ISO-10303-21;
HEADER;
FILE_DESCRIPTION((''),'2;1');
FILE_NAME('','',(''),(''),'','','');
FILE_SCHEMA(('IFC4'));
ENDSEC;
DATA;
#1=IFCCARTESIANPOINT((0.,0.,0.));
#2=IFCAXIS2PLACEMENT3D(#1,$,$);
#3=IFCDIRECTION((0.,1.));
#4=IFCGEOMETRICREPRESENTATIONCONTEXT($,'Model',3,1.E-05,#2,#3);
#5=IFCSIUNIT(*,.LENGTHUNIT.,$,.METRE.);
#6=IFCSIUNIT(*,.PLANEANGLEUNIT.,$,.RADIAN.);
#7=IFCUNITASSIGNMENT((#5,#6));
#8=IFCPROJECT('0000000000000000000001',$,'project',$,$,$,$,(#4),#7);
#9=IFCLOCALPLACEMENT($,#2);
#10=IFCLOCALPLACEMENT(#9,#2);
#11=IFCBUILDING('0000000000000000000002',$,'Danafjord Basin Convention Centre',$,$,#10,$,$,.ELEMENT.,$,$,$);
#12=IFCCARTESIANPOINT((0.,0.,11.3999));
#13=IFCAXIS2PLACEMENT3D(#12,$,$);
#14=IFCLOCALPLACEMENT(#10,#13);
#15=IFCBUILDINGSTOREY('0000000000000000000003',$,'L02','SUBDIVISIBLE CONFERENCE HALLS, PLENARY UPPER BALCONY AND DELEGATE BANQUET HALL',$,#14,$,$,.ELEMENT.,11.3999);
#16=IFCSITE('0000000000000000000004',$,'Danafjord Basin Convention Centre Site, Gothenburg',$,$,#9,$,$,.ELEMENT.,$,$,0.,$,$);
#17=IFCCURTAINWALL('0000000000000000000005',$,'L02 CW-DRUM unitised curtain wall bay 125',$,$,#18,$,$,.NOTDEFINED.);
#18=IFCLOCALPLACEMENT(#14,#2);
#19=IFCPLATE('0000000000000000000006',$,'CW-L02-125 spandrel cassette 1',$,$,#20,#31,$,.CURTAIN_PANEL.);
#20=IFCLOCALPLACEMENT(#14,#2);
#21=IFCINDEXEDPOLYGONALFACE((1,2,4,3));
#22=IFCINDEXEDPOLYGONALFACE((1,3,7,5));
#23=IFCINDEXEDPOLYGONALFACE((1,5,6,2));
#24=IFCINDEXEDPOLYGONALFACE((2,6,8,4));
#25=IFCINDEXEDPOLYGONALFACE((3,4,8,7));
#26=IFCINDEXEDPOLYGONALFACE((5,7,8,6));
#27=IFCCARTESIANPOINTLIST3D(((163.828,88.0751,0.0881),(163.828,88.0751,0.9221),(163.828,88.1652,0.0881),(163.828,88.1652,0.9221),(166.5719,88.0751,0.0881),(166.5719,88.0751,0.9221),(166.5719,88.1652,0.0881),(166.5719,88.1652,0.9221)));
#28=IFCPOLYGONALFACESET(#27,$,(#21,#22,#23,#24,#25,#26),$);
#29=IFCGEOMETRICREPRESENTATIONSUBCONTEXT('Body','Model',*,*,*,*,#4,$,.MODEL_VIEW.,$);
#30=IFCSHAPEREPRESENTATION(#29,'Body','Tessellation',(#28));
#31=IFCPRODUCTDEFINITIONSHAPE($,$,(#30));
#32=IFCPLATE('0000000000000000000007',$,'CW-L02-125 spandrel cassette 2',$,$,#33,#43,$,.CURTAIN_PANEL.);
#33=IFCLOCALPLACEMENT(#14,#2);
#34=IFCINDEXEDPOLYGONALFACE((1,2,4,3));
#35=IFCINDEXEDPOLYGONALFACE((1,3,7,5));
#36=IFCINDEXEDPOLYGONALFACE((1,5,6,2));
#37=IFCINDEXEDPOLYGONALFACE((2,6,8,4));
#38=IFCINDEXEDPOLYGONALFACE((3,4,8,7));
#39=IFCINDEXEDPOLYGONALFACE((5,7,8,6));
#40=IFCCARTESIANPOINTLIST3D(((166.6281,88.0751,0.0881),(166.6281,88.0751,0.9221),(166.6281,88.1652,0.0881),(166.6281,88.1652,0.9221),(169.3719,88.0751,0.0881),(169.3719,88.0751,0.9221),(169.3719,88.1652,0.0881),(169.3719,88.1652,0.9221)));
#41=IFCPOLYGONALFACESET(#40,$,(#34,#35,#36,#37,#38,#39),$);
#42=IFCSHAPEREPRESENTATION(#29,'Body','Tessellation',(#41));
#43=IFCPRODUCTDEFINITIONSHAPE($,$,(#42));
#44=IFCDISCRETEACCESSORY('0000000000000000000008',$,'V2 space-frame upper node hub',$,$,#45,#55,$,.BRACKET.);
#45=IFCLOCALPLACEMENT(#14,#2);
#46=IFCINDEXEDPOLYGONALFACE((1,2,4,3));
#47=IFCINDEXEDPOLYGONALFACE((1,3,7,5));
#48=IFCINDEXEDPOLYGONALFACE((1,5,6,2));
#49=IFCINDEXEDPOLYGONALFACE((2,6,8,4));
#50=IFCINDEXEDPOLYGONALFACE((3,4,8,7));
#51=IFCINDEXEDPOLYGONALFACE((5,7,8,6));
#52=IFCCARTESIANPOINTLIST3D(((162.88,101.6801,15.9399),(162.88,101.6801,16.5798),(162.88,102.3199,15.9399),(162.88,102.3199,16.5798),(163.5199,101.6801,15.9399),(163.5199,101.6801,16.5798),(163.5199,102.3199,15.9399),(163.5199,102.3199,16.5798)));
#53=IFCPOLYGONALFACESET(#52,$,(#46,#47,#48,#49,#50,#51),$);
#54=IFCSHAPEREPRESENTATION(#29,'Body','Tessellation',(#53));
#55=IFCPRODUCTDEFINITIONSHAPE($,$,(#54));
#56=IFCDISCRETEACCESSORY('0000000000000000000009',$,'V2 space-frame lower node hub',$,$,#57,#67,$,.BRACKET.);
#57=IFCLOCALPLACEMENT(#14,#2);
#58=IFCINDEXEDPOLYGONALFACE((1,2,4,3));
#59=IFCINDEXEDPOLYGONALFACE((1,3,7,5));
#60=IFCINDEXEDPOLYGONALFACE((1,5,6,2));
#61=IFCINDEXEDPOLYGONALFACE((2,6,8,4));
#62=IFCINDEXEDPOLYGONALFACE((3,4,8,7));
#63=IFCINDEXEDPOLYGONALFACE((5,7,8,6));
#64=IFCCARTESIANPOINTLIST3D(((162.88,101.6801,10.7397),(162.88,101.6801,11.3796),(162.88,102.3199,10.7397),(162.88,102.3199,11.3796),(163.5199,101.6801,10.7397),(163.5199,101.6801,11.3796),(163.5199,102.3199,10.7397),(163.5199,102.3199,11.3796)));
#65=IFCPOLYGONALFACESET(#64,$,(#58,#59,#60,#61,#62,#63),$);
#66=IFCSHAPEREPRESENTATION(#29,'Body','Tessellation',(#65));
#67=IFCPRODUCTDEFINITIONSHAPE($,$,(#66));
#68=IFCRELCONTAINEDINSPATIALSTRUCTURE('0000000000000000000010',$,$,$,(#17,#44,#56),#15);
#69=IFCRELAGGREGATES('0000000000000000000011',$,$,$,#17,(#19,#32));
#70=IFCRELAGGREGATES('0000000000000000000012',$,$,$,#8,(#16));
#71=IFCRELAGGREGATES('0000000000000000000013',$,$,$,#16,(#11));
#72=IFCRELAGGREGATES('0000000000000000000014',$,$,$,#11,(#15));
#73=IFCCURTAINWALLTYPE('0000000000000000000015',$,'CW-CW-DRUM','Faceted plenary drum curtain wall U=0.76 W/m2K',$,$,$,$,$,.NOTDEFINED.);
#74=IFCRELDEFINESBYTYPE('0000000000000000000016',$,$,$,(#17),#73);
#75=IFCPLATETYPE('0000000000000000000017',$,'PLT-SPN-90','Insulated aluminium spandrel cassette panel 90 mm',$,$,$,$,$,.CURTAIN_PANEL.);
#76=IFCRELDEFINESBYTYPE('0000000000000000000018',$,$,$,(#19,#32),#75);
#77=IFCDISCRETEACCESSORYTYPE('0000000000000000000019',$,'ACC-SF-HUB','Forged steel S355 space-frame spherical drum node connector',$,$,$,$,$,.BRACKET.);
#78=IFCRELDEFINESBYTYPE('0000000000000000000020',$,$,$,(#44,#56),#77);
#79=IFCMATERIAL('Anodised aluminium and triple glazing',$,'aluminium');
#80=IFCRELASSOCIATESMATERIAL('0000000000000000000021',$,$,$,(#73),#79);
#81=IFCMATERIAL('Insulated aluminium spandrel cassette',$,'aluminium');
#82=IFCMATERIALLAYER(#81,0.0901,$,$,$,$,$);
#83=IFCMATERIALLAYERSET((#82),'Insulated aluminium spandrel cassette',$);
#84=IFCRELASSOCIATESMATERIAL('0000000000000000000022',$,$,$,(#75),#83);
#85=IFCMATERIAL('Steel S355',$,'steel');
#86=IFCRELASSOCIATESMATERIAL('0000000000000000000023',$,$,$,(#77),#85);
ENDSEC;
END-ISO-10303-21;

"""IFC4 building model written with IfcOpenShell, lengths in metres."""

from ifc_helpers import new_model, si_unit, direction, frame, origin, origin_2d, place, context, subcontext, project, spatial, rectangle, extrude, material, layer, layer_set, type_object, element, aggregate, save


model = new_model("IFC4")

# Units and contexts
model_context = context("Model", 3, precision=1e-05, world=origin(), true_north=direction((0.0, 1.0)))
body_context = subcontext(model_context, "Body", "Model", "MODEL_VIEW")
ifc_project = project(units=[si_unit("LENGTHUNIT", "METRE"), si_unit("PLANEANGLEUNIT", "RADIAN")], contexts=[model_context])

# Site, building, storey
site_placement = place(None, origin())
site = spatial("IfcSite", under=ifc_project, at=site_placement, Name="Danafjord Basin Convention Centre Site, Gothenburg", CompositionType="ELEMENT", RefElevation=0.0)
building_placement = place(site_placement, origin())
building = spatial("IfcBuilding", under=site, at=building_placement, Name="Danafjord Basin Convention Centre", CompositionType="ELEMENT")
storey_placement = place(building_placement, frame((0.0, 0.0, 11.3999)))
storey = spatial("IfcBuildingStorey", under=building, at=storey_placement, Name="L02", Description="SUBDIVISIBLE CONFERENCE HALLS, PLENARY UPPER BALCONY AND DELEGATE BANQUET HALL", CompositionType="ELEMENT", Elevation=11.3999)

# Shared definitions
ifc_material_1 = material(Name="Steel S355", Category="steel")

# Curtain wall
ifc_material_2 = material(Name="Anodised aluminium and triple glazing", Category="aluminium")
curtain_wall_type = type_object("IfcCurtainWallType", Name="CW-CW-DRUM", Description="Faceted plenary drum curtain wall U=0.76 W/m2K", PredefinedType="NOTDEFINED", material=ifc_material_2)
curtain_wall_1_placement = place(storey_placement, origin())
curtain_wall_1 = element("IfcCurtainWall", 1, at=curtain_wall_1_placement, inside=storey, type_object=curtain_wall_type, Name="L02 CW-DRUM unitised curtain wall bay 125", PredefinedType="NOTDEFINED")

# Plates
ifc_material_3 = material(Name="Insulated aluminium spandrel cassette", Category="aluminium")
ifc_layer_1 = layer(ifc_material_3, 0.0901)
ifc_layer_set_1 = layer_set([ifc_layer_1], Name="Insulated aluminium spandrel cassette")
plate_type_1 = type_object("IfcPlateType", Name="PLT-SPN-90", Description="Insulated aluminium spandrel cassette panel 90 mm", PredefinedType="CURTAIN_PANEL", material=ifc_layer_set_1)
plate_1_placement = place(storey_placement, frame((165.2, 88.1201, 0.0881), z_axis=(0.0, 0.0, 1.0), x_axis=(1.0, 0.0, 0.0)))
plate_1 = element("IfcPlate", 2, at=plate_1_placement, type_object=plate_type_1, Name="CW-L02-125 spandrel cassette 1", PredefinedType="CURTAIN_PANEL", context=body_context, shape_type="SweptSolid", body=[
    extrude(rectangle(XDim=2.7439, YDim=0.0901, at=origin_2d()), origin(), (0.0, 0.0, 1.0), 0.834),
])
plate_2_placement = place(storey_placement, frame((168.0, 88.1201, 0.0881), z_axis=(0.0, 0.0, 1.0), x_axis=(1.0, 0.0, 0.0)))
plate_2 = element("IfcPlate", 3, at=plate_2_placement, type_object=plate_type_1, Name="CW-L02-125 spandrel cassette 2", PredefinedType="CURTAIN_PANEL", context=body_context, shape_type="SweptSolid", body=[
    extrude(rectangle(XDim=2.7439, YDim=0.0901, at=origin_2d()), origin(), (0.0, 0.0, 1.0), 0.834),
])
aggregate(curtain_wall_1, [plate_1, plate_2])

# Discrete accessories
discrete_accessory_type = type_object("IfcDiscreteAccessoryType", Name="ACC-SF-HUB", Description="Forged steel S355 space-frame spherical drum node connector", PredefinedType="BRACKET", material=ifc_material_1)
for number, where, z_axis, x_axis, name in (
    (4, (163.2, 102.0, 15.9399), (0.0, 0.0, 1.0), (1.0, 0.0, 0.0), "V2 space-frame upper node hub"),
    (5, (163.2, 102.0, 10.7397), (0.0, 0.0, 1.0), (1.0, 0.0, 0.0), "V2 space-frame lower node hub"),
):
    element("IfcDiscreteAccessory", number, at=place(storey_placement, frame(where, z_axis=z_axis, x_axis=x_axis)), inside=storey, type_object=discrete_accessory_type, Name=name, PredefinedType="BRACKET", context=body_context, shape_type="SweptSolid", body=[
        extrude(rectangle(XDim=0.6399, YDim=0.6399, at=origin_2d()), origin(), (0.0, 0.0, 1.0), 0.6399),
    ])

save(model, "model.ifc")
